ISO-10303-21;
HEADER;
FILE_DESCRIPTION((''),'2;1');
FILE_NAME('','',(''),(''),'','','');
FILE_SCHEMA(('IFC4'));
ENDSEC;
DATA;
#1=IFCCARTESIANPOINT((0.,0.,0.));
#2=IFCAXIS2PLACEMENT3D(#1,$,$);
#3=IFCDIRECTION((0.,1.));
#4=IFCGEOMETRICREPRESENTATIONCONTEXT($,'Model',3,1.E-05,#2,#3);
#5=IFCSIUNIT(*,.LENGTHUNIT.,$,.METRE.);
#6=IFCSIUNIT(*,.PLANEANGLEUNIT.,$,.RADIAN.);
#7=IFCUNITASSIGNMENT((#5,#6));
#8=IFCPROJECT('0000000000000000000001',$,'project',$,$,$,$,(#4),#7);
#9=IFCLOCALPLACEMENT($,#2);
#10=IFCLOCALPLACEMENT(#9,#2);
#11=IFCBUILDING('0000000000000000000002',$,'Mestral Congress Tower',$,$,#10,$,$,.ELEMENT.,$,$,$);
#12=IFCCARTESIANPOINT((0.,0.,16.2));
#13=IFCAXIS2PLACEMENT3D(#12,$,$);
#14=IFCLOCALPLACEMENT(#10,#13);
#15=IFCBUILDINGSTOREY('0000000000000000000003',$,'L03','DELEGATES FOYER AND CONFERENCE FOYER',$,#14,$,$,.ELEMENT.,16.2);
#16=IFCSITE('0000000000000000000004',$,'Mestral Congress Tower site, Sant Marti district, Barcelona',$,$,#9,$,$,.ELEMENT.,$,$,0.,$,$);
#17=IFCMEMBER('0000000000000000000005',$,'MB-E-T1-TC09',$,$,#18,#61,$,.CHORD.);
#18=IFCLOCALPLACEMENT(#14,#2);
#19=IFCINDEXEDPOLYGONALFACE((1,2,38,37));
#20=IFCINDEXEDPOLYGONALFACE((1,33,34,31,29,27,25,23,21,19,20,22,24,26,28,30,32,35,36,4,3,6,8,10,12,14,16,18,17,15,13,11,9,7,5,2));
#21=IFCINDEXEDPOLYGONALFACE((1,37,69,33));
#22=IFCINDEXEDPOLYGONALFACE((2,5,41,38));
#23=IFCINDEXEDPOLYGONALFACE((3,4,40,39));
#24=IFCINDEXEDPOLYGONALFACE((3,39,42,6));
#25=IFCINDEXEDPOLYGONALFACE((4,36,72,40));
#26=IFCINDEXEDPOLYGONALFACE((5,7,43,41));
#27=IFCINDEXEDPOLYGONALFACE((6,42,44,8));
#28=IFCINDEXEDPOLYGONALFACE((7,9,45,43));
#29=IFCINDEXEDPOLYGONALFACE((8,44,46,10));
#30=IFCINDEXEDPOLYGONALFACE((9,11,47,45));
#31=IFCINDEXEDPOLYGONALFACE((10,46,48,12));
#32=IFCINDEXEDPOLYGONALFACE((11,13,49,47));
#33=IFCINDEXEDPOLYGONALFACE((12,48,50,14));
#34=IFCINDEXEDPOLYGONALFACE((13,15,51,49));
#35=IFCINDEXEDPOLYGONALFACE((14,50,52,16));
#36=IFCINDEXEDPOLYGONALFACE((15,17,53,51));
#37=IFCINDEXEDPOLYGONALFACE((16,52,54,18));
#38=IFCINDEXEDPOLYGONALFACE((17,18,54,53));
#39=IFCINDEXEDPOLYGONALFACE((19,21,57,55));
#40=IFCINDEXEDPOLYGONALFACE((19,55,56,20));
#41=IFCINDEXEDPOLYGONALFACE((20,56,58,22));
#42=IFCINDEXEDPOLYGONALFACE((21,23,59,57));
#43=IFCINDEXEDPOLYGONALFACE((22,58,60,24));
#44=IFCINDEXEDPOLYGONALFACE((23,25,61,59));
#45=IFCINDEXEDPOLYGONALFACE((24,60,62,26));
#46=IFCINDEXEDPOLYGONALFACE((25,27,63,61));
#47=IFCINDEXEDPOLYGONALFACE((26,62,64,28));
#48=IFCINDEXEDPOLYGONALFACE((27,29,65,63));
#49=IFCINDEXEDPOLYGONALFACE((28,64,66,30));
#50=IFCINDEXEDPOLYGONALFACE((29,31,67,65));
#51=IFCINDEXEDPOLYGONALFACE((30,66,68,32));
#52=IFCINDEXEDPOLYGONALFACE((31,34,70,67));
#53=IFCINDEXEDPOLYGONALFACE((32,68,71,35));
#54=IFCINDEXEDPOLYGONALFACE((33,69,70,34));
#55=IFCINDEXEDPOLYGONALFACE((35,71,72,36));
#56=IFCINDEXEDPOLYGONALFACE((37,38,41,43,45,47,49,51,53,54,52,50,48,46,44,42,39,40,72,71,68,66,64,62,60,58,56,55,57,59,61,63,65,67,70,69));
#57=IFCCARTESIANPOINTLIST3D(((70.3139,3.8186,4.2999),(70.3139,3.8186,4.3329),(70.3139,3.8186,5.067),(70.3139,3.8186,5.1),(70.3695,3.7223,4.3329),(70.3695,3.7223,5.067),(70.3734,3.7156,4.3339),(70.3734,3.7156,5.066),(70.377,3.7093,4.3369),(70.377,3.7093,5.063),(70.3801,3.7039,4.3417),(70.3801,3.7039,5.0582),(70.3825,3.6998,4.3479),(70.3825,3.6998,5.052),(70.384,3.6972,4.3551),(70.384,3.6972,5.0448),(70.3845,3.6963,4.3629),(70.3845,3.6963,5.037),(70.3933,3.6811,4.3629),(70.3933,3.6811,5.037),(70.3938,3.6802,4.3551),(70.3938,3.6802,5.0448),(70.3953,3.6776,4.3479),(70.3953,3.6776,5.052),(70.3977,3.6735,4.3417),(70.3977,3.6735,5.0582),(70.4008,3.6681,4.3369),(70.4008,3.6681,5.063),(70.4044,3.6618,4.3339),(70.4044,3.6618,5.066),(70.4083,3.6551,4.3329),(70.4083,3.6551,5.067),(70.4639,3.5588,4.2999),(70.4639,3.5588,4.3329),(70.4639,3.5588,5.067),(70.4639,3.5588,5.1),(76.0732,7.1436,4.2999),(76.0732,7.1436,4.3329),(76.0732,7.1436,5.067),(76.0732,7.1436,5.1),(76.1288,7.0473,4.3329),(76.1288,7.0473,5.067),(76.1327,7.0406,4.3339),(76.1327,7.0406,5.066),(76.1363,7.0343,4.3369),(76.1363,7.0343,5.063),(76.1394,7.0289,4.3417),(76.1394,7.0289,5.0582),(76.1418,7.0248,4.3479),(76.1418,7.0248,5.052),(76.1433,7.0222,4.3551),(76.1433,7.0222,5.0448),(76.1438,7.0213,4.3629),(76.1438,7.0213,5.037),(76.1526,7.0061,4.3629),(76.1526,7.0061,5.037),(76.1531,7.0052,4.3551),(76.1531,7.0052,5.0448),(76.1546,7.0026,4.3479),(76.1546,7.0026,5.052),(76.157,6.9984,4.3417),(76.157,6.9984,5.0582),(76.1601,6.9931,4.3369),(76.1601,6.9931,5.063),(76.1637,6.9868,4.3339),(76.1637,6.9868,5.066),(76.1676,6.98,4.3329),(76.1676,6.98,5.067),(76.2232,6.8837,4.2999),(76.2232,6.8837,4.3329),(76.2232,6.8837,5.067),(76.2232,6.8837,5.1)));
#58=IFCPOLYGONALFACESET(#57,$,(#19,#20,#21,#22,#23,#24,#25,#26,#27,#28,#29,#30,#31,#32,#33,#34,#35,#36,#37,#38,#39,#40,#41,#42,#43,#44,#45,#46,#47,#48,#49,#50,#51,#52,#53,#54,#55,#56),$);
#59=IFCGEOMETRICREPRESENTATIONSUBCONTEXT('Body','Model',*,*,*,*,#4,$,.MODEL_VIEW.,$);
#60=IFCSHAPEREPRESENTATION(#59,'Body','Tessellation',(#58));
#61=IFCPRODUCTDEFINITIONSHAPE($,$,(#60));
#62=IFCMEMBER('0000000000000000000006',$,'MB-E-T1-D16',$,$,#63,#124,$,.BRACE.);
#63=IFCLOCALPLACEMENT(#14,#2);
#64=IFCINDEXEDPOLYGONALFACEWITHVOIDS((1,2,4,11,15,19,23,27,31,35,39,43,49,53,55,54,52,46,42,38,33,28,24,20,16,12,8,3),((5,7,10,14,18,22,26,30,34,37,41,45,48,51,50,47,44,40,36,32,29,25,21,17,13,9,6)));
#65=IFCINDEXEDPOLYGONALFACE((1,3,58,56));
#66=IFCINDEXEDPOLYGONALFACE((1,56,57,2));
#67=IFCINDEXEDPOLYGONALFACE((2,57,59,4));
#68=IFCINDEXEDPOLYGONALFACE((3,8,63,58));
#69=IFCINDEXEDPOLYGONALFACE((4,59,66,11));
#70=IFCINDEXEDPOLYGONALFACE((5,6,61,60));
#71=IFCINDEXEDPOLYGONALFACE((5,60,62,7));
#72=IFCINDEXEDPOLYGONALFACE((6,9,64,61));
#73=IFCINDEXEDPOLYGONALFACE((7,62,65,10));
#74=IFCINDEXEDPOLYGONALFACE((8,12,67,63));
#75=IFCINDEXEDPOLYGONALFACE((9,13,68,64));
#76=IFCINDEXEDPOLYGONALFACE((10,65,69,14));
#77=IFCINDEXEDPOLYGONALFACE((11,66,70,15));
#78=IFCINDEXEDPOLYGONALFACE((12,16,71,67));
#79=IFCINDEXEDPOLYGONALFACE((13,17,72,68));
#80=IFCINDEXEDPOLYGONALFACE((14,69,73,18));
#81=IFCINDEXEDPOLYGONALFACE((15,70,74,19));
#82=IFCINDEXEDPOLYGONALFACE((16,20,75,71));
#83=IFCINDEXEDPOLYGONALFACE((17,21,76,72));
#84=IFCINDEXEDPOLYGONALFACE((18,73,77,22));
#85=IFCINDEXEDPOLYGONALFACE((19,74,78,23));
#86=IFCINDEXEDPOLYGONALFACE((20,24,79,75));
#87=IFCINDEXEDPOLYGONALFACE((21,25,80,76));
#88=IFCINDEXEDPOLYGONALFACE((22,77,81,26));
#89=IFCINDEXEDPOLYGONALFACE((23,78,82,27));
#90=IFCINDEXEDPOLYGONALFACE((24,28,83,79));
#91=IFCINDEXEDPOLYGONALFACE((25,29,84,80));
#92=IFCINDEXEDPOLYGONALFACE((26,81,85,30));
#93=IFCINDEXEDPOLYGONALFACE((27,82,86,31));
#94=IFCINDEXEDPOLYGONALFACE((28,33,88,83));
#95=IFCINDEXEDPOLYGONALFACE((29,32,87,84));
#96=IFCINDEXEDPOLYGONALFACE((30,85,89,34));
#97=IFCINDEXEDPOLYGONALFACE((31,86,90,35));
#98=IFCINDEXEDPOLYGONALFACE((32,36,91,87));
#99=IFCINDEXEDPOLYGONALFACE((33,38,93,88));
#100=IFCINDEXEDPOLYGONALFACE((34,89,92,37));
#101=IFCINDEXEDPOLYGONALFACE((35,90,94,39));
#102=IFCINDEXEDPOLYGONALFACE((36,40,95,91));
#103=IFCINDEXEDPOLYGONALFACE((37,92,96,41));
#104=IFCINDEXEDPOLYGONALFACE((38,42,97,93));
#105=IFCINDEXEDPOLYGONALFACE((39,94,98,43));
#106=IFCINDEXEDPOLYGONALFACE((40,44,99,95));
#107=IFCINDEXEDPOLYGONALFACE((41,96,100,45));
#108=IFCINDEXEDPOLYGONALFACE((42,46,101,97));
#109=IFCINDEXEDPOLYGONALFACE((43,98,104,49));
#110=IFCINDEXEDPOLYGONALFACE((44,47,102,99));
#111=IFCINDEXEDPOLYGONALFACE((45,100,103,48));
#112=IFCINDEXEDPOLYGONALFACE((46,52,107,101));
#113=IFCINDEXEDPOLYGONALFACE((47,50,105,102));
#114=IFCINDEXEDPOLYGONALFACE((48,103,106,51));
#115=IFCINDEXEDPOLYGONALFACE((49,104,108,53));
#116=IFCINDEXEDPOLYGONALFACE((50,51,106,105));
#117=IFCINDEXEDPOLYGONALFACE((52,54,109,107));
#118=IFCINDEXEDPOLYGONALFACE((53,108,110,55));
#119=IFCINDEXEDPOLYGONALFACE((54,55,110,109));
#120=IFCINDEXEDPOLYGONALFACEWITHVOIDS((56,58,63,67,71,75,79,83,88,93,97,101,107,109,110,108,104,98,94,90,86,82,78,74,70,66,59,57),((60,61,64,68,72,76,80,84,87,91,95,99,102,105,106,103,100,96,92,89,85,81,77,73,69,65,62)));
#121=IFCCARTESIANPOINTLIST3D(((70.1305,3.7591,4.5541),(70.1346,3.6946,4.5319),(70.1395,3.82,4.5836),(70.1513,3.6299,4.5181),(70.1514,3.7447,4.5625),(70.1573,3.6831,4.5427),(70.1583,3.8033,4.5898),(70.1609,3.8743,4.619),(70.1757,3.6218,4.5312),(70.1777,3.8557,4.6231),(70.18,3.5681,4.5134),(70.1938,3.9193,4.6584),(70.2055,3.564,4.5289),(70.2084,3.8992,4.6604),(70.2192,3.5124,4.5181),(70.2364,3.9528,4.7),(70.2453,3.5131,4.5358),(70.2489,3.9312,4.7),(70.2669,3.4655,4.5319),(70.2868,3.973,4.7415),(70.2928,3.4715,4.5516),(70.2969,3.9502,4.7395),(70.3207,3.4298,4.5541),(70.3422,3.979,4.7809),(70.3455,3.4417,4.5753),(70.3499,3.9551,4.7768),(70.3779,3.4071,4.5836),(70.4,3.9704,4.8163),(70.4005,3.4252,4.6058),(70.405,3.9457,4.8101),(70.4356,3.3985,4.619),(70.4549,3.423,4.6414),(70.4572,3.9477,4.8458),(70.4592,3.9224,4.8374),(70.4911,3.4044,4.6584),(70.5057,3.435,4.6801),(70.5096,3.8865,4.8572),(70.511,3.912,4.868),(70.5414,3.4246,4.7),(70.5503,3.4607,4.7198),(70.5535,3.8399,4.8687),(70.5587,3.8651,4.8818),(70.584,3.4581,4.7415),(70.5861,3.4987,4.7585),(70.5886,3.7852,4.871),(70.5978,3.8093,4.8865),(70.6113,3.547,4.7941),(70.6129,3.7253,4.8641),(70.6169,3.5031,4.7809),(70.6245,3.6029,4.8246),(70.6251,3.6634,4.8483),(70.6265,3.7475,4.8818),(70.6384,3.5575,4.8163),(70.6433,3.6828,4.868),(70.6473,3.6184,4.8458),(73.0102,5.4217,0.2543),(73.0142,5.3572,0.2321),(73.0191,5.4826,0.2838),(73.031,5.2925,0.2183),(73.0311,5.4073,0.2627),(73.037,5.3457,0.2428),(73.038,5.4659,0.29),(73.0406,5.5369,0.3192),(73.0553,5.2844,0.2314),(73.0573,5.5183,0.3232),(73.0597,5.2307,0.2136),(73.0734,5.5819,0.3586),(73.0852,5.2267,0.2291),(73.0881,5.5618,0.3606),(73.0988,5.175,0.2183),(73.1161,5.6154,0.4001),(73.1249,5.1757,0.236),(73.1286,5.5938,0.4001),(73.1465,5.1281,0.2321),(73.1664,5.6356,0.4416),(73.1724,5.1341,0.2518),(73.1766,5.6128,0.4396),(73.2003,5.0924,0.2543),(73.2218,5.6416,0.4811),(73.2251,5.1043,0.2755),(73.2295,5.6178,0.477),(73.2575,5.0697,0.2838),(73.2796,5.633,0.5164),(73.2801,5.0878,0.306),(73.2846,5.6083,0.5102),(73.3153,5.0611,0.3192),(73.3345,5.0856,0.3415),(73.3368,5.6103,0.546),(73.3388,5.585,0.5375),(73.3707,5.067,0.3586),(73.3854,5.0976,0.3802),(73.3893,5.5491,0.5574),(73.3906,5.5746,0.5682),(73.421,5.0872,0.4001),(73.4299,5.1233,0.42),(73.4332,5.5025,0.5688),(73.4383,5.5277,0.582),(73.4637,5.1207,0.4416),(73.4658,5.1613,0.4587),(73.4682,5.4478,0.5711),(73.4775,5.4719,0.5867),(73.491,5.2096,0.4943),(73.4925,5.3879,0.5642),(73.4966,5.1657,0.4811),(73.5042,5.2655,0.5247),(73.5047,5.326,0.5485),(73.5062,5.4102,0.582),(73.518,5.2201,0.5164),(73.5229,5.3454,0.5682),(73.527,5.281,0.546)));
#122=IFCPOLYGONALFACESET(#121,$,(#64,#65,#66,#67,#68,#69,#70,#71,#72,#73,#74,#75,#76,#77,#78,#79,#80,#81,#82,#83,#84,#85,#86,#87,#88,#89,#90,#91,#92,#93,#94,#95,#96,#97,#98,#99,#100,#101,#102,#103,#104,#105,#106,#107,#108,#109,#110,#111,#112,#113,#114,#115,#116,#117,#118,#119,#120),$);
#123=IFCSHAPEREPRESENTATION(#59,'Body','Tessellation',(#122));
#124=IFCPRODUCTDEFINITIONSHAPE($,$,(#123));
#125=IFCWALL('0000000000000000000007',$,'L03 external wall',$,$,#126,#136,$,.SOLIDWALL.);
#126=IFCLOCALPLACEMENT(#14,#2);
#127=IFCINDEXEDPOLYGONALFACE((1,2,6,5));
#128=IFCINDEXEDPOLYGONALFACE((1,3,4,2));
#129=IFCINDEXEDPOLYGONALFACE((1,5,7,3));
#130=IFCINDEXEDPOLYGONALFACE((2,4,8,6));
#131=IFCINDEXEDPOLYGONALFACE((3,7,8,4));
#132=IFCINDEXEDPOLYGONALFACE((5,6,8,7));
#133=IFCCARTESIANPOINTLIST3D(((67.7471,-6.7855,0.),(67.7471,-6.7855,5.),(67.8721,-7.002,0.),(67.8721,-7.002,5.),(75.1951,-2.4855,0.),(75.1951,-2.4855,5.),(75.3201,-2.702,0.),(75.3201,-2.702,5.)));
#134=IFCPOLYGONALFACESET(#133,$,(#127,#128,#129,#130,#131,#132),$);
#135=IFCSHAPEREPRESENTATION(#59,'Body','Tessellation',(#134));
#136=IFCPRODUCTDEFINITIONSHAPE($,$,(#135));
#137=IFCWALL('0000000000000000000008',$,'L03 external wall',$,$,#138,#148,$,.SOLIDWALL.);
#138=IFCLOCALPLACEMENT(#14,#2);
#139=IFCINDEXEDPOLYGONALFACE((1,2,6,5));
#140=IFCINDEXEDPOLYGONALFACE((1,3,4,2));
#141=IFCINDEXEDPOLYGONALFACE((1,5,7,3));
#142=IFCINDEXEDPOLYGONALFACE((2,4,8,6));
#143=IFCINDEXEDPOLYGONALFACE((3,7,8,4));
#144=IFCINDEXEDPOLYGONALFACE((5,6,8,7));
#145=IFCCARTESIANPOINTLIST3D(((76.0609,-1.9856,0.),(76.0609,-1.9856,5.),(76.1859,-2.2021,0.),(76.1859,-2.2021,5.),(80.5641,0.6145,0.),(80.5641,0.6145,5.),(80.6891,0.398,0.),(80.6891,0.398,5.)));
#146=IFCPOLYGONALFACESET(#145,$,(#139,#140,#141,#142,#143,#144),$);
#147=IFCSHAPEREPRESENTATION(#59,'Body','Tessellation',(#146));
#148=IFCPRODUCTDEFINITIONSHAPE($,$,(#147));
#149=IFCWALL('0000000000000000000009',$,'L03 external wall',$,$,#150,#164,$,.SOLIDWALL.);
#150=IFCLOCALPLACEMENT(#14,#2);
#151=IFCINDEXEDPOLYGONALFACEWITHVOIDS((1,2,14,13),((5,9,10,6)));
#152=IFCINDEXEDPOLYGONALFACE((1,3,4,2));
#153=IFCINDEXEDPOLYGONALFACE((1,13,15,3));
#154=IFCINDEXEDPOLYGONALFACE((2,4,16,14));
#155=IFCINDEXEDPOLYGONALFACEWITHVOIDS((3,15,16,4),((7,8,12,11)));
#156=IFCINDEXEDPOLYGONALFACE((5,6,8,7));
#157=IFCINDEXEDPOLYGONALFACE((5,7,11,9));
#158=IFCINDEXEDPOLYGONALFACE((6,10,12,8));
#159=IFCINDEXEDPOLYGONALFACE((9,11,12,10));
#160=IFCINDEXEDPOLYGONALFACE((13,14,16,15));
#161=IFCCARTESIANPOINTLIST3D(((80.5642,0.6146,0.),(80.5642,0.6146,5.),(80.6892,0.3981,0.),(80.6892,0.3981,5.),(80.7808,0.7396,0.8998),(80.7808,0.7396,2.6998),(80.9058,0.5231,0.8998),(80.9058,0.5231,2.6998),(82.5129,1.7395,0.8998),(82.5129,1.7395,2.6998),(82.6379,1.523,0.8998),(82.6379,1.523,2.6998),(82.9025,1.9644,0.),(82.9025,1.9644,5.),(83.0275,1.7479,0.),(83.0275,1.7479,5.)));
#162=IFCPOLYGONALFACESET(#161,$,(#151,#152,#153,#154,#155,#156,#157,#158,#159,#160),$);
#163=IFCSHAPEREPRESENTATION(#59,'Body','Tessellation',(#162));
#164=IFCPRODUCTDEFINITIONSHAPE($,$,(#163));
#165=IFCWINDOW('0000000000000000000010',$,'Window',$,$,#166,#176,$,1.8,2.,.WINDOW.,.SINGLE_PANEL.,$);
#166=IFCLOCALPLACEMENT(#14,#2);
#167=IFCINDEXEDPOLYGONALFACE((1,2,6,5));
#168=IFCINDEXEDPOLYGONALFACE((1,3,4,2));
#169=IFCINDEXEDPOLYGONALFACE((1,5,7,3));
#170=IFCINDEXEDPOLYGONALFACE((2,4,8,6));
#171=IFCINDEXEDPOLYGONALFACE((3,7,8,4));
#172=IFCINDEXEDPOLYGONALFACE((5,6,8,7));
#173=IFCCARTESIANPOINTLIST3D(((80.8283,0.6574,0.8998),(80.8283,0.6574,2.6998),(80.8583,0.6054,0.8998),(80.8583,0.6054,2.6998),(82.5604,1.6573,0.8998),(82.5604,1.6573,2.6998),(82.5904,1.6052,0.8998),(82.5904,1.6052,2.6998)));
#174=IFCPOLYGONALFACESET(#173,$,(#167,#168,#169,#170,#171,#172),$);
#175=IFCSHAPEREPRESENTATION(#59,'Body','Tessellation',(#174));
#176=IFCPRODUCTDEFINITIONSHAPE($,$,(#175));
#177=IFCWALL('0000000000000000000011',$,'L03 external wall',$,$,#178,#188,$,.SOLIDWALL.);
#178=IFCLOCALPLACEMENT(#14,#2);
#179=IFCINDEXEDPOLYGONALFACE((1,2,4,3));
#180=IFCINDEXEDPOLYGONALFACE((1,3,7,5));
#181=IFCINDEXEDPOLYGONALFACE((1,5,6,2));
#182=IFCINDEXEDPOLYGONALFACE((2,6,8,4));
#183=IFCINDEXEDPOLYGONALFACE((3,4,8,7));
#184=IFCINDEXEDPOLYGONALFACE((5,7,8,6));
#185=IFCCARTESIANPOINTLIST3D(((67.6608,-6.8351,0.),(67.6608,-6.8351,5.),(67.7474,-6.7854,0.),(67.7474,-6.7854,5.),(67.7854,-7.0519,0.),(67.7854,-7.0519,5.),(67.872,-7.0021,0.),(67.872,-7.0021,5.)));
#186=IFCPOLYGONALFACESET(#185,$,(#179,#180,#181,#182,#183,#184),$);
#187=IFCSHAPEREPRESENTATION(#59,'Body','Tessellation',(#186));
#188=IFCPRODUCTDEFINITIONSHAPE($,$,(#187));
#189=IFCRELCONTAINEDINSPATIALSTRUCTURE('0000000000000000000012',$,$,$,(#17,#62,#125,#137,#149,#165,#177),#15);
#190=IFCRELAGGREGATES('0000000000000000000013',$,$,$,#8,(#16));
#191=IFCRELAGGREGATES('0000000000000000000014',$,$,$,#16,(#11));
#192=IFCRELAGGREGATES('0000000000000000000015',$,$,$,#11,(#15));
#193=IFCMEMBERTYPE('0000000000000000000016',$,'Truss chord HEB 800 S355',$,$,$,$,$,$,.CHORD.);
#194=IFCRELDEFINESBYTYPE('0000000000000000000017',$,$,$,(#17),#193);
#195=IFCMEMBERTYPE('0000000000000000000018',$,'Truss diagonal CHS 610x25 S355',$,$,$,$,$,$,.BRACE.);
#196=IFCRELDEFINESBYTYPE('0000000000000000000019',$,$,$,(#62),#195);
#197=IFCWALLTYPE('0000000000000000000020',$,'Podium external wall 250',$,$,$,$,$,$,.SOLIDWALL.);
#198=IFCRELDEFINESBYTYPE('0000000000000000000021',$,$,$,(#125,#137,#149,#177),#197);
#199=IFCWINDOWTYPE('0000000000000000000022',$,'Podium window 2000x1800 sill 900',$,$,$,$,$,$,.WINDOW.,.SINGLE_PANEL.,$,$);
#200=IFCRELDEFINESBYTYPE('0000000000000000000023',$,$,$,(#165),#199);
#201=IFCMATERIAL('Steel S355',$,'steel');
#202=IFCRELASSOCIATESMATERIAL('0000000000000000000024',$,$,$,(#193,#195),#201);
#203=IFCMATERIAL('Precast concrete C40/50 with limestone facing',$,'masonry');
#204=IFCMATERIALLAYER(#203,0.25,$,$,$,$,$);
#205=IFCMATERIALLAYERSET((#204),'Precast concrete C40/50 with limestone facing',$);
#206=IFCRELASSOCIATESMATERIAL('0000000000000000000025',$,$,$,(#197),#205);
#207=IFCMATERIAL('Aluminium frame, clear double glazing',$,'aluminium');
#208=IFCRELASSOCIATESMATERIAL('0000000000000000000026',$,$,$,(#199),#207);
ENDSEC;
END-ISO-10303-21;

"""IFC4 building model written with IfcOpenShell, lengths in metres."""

from ifc_helpers import new_model, si_unit, direction, frame, frame_2d, origin, origin_2d, place, context, subcontext, project, spatial, rectangle, hollow_circle, i_section, extrude, material, layer, layer_set, material_profile, profile_set, type_object, element, fill, save


model = new_model("IFC4")

# Units and contexts
model_context = context("Model", 3, precision=1e-05, world=origin(), true_north=direction((0.0, 1.0)))
body_context = subcontext(model_context, "Body", "Model", "MODEL_VIEW")
ifc_project = project(units=[si_unit("LENGTHUNIT", "METRE"), si_unit("PLANEANGLEUNIT", "RADIAN")], contexts=[model_context])

# Site, building, storey
site_placement = place(None, origin())
site = spatial("IfcSite", under=ifc_project, at=site_placement, Name="Mestral Congress Tower site, Sant Marti district, Barcelona", CompositionType="ELEMENT", RefElevation=0.0)
building_placement = place(site_placement, origin())
building = spatial("IfcBuilding", under=site, at=building_placement, Name="Mestral Congress Tower", CompositionType="ELEMENT")
storey_placement = place(building_placement, frame((0.0, 0.0, 16.2)))
storey = spatial("IfcBuildingStorey", under=building, at=storey_placement, Name="L03", Description="DELEGATES FOYER AND CONFERENCE FOYER", CompositionType="ELEMENT", Elevation=16.2)

# Shared definitions
ifc_material_1 = material(Name="Steel S355", Category="steel")

# Members
ifc_material_profile_1 = material_profile(ifc_material_1, i_section(OverallWidth=0.3, OverallDepth=0.8, WebThickness=0.0176, FlangeThickness=0.033, FilletRadius=0.03, at=origin_2d()), Name="HEB 800")
ifc_profile_set_1 = profile_set([ifc_material_profile_1], Name="Steel S355")
member_type_1 = type_object("IfcMemberType", Name="Truss chord HEB 800 S355", PredefinedType="CHORD", material=ifc_profile_set_1)
member_1_placement = place(storey_placement, frame((70.3889, 3.6887, 4.7), z_axis=(0.866036, 0.499981, 0.0), x_axis=(-0.499981, 0.866036, 0.0)))
element("IfcMember", 1, at=member_1_placement, inside=storey, type_object=member_type_1, Name="MB-E-T1-TC09", PredefinedType="CHORD", context=body_context, shape_type="SweptSolid", body=[
    extrude(i_section(OverallWidth=0.3, OverallDepth=0.8, WebThickness=0.0176, FlangeThickness=0.033, FilletRadius=0.03, at=origin_2d()), origin(), (0.0, 0.0, 1.0), 6.6501),
])
ifc_material_profile_2 = material_profile(ifc_material_1, hollow_circle(Radius=0.3049, WallThickness=0.0249, at=origin_2d()), Name="CHS 610x25")
ifc_profile_set_2 = profile_set([ifc_material_profile_2], Name="Steel S355")
member_type_2 = type_object("IfcMemberType", Name="Truss diagonal CHS 610x25 S355", PredefinedType="BRACE", material=ifc_profile_set_2)
member_2_placement = place(storey_placement, frame((70.3889, 3.6887, 4.7), z_axis=(0.529782, 0.305877, -0.791057), x_axis=(-0.500008, 0.866021, 0.0)))
element("IfcMember", 2, at=member_2_placement, inside=storey, type_object=member_type_2, Name="MB-E-T1-D16", PredefinedType="BRACE", context=body_context, shape_type="SweptSolid", body=[
    extrude(hollow_circle(Radius=0.3049, WallThickness=0.0249, at=origin_2d()), origin(), (0.0, 0.0, 1.0), 5.4355),
])

# Walls
ifc_material_2 = material(Name="Precast concrete C40/50 with limestone facing", Category="masonry")
ifc_layer_1 = layer(ifc_material_2, 0.25)
ifc_layer_set_1 = layer_set([ifc_layer_1], Name="Precast concrete C40/50 with limestone facing")
wall_type_1 = type_object("IfcWallType", Name="Podium external wall 250", PredefinedType="SOLIDWALL", material=ifc_layer_set_1)
wall_1_placement = place(storey_placement, frame((75.2576, -2.5938, 0.0), z_axis=(0.0, 0.0, 1.0), x_axis=(-0.866028, -0.499995, 0.0)))
element("IfcWall", 3, at=wall_1_placement, inside=storey, type_object=wall_type_1, Name="L03 external wall", PredefinedType="SOLIDWALL", context=body_context, shape_type="SweptSolid", body=[
    extrude(rectangle(XDim=8.6001, YDim=0.25, at=frame_2d((4.3, 0.0))), origin(), (0.0, 0.0, 1.0), 5.0),
])
wall_2_placement = place(storey_placement, frame((80.6267, 0.5063, 0.0), z_axis=(0.0, 0.0, 1.0), x_axis=(-0.86601, -0.500027, 0.0)))
element("IfcWall", 4, at=wall_2_placement, inside=storey, type_object=wall_type_1, Name="L03 external wall", PredefinedType="SOLIDWALL", context=body_context, shape_type="SweptSolid", body=[
    extrude(rectangle(XDim=5.2, YDim=0.25, at=frame_2d((2.6001, 0.0))), origin(), (0.0, 0.0, 1.0), 5.0),
])

# Wall, opening, window
wall_3_placement = place(storey_placement, frame((82.9651, 1.8562, 0.0), z_axis=(0.0, 0.0, 1.0), x_axis=(-0.866059, -0.499942, 0.0)))
wall_3 = element("IfcWall", 5, at=wall_3_placement, inside=storey, type_object=wall_type_1, Name="L03 external wall", PredefinedType="SOLIDWALL", context=body_context, shape_type="SweptSolid", body=[
    extrude(rectangle(XDim=2.7, YDim=0.25, at=frame_2d((1.3501, 0.0))), origin(), (0.0, 0.0, 1.0), 5.0),
])
opening_1_placement = place(wall_3_placement, frame((0.45, 0.0, 0.8999)))
opening_1 = element("IfcOpeningElement", 6, at=opening_1_placement, cuts=wall_3, PredefinedType="OPENING", context=body_context, shape_type="SweptSolid", body=[
    extrude(rectangle(XDim=2.0, YDim=1.8, at=frame_2d((1.0, 0.8999))), frame((0.0, 0.135, 0.0), z_axis=(0.0, -1.0, 0.0), x_axis=(1.0, 0.0, 0.0)), (0.0, 0.0, 1.0), 0.27),
])
ifc_material_3 = material(Name="Aluminium frame, clear double glazing", Category="aluminium")
window_type = type_object("IfcWindowType", Name="Podium window 2000x1800 sill 900", PartitioningType="SINGLE_PANEL", PredefinedType="WINDOW", material=ifc_material_3)
window_placement = place(opening_1_placement, origin())
window = element("IfcWindow", 7, at=window_placement, inside=storey, type_object=window_type, Name="Window", OverallHeight=1.8, OverallWidth=2.0, PartitioningType="SINGLE_PANEL", PredefinedType="WINDOW", context=body_context, shape_type="SweptSolid", body=[
    extrude(rectangle(XDim=2.0, YDim=1.8, at=frame_2d((1.0, 0.8999))), frame((0.0, 0.03, 0.0), z_axis=(0.0, -1.0, 0.0), x_axis=(1.0, 0.0, 0.0)), (0.0, 0.0, 1.0), 0.0601),
])
fill(opening_1, window)

# Wall
wall_4_placement = place(storey_placement, frame((67.8096, -6.8938, 0.0), z_axis=(0.0, 0.0, 1.0), x_axis=(-0.867038, -0.498242, 0.0)))
element("IfcWall", 8, at=wall_4_placement, inside=storey, type_object=wall_type_1, Name="L03 external wall", PredefinedType="SOLIDWALL", context=body_context, shape_type="SweptSolid", body=[
    extrude(rectangle(XDim=0.0999, YDim=0.25, at=frame_2d((0.0498, 0.0))), origin(), (0.0, 0.0, 1.0), 5.0),
])

save(model, "model.ifc")
